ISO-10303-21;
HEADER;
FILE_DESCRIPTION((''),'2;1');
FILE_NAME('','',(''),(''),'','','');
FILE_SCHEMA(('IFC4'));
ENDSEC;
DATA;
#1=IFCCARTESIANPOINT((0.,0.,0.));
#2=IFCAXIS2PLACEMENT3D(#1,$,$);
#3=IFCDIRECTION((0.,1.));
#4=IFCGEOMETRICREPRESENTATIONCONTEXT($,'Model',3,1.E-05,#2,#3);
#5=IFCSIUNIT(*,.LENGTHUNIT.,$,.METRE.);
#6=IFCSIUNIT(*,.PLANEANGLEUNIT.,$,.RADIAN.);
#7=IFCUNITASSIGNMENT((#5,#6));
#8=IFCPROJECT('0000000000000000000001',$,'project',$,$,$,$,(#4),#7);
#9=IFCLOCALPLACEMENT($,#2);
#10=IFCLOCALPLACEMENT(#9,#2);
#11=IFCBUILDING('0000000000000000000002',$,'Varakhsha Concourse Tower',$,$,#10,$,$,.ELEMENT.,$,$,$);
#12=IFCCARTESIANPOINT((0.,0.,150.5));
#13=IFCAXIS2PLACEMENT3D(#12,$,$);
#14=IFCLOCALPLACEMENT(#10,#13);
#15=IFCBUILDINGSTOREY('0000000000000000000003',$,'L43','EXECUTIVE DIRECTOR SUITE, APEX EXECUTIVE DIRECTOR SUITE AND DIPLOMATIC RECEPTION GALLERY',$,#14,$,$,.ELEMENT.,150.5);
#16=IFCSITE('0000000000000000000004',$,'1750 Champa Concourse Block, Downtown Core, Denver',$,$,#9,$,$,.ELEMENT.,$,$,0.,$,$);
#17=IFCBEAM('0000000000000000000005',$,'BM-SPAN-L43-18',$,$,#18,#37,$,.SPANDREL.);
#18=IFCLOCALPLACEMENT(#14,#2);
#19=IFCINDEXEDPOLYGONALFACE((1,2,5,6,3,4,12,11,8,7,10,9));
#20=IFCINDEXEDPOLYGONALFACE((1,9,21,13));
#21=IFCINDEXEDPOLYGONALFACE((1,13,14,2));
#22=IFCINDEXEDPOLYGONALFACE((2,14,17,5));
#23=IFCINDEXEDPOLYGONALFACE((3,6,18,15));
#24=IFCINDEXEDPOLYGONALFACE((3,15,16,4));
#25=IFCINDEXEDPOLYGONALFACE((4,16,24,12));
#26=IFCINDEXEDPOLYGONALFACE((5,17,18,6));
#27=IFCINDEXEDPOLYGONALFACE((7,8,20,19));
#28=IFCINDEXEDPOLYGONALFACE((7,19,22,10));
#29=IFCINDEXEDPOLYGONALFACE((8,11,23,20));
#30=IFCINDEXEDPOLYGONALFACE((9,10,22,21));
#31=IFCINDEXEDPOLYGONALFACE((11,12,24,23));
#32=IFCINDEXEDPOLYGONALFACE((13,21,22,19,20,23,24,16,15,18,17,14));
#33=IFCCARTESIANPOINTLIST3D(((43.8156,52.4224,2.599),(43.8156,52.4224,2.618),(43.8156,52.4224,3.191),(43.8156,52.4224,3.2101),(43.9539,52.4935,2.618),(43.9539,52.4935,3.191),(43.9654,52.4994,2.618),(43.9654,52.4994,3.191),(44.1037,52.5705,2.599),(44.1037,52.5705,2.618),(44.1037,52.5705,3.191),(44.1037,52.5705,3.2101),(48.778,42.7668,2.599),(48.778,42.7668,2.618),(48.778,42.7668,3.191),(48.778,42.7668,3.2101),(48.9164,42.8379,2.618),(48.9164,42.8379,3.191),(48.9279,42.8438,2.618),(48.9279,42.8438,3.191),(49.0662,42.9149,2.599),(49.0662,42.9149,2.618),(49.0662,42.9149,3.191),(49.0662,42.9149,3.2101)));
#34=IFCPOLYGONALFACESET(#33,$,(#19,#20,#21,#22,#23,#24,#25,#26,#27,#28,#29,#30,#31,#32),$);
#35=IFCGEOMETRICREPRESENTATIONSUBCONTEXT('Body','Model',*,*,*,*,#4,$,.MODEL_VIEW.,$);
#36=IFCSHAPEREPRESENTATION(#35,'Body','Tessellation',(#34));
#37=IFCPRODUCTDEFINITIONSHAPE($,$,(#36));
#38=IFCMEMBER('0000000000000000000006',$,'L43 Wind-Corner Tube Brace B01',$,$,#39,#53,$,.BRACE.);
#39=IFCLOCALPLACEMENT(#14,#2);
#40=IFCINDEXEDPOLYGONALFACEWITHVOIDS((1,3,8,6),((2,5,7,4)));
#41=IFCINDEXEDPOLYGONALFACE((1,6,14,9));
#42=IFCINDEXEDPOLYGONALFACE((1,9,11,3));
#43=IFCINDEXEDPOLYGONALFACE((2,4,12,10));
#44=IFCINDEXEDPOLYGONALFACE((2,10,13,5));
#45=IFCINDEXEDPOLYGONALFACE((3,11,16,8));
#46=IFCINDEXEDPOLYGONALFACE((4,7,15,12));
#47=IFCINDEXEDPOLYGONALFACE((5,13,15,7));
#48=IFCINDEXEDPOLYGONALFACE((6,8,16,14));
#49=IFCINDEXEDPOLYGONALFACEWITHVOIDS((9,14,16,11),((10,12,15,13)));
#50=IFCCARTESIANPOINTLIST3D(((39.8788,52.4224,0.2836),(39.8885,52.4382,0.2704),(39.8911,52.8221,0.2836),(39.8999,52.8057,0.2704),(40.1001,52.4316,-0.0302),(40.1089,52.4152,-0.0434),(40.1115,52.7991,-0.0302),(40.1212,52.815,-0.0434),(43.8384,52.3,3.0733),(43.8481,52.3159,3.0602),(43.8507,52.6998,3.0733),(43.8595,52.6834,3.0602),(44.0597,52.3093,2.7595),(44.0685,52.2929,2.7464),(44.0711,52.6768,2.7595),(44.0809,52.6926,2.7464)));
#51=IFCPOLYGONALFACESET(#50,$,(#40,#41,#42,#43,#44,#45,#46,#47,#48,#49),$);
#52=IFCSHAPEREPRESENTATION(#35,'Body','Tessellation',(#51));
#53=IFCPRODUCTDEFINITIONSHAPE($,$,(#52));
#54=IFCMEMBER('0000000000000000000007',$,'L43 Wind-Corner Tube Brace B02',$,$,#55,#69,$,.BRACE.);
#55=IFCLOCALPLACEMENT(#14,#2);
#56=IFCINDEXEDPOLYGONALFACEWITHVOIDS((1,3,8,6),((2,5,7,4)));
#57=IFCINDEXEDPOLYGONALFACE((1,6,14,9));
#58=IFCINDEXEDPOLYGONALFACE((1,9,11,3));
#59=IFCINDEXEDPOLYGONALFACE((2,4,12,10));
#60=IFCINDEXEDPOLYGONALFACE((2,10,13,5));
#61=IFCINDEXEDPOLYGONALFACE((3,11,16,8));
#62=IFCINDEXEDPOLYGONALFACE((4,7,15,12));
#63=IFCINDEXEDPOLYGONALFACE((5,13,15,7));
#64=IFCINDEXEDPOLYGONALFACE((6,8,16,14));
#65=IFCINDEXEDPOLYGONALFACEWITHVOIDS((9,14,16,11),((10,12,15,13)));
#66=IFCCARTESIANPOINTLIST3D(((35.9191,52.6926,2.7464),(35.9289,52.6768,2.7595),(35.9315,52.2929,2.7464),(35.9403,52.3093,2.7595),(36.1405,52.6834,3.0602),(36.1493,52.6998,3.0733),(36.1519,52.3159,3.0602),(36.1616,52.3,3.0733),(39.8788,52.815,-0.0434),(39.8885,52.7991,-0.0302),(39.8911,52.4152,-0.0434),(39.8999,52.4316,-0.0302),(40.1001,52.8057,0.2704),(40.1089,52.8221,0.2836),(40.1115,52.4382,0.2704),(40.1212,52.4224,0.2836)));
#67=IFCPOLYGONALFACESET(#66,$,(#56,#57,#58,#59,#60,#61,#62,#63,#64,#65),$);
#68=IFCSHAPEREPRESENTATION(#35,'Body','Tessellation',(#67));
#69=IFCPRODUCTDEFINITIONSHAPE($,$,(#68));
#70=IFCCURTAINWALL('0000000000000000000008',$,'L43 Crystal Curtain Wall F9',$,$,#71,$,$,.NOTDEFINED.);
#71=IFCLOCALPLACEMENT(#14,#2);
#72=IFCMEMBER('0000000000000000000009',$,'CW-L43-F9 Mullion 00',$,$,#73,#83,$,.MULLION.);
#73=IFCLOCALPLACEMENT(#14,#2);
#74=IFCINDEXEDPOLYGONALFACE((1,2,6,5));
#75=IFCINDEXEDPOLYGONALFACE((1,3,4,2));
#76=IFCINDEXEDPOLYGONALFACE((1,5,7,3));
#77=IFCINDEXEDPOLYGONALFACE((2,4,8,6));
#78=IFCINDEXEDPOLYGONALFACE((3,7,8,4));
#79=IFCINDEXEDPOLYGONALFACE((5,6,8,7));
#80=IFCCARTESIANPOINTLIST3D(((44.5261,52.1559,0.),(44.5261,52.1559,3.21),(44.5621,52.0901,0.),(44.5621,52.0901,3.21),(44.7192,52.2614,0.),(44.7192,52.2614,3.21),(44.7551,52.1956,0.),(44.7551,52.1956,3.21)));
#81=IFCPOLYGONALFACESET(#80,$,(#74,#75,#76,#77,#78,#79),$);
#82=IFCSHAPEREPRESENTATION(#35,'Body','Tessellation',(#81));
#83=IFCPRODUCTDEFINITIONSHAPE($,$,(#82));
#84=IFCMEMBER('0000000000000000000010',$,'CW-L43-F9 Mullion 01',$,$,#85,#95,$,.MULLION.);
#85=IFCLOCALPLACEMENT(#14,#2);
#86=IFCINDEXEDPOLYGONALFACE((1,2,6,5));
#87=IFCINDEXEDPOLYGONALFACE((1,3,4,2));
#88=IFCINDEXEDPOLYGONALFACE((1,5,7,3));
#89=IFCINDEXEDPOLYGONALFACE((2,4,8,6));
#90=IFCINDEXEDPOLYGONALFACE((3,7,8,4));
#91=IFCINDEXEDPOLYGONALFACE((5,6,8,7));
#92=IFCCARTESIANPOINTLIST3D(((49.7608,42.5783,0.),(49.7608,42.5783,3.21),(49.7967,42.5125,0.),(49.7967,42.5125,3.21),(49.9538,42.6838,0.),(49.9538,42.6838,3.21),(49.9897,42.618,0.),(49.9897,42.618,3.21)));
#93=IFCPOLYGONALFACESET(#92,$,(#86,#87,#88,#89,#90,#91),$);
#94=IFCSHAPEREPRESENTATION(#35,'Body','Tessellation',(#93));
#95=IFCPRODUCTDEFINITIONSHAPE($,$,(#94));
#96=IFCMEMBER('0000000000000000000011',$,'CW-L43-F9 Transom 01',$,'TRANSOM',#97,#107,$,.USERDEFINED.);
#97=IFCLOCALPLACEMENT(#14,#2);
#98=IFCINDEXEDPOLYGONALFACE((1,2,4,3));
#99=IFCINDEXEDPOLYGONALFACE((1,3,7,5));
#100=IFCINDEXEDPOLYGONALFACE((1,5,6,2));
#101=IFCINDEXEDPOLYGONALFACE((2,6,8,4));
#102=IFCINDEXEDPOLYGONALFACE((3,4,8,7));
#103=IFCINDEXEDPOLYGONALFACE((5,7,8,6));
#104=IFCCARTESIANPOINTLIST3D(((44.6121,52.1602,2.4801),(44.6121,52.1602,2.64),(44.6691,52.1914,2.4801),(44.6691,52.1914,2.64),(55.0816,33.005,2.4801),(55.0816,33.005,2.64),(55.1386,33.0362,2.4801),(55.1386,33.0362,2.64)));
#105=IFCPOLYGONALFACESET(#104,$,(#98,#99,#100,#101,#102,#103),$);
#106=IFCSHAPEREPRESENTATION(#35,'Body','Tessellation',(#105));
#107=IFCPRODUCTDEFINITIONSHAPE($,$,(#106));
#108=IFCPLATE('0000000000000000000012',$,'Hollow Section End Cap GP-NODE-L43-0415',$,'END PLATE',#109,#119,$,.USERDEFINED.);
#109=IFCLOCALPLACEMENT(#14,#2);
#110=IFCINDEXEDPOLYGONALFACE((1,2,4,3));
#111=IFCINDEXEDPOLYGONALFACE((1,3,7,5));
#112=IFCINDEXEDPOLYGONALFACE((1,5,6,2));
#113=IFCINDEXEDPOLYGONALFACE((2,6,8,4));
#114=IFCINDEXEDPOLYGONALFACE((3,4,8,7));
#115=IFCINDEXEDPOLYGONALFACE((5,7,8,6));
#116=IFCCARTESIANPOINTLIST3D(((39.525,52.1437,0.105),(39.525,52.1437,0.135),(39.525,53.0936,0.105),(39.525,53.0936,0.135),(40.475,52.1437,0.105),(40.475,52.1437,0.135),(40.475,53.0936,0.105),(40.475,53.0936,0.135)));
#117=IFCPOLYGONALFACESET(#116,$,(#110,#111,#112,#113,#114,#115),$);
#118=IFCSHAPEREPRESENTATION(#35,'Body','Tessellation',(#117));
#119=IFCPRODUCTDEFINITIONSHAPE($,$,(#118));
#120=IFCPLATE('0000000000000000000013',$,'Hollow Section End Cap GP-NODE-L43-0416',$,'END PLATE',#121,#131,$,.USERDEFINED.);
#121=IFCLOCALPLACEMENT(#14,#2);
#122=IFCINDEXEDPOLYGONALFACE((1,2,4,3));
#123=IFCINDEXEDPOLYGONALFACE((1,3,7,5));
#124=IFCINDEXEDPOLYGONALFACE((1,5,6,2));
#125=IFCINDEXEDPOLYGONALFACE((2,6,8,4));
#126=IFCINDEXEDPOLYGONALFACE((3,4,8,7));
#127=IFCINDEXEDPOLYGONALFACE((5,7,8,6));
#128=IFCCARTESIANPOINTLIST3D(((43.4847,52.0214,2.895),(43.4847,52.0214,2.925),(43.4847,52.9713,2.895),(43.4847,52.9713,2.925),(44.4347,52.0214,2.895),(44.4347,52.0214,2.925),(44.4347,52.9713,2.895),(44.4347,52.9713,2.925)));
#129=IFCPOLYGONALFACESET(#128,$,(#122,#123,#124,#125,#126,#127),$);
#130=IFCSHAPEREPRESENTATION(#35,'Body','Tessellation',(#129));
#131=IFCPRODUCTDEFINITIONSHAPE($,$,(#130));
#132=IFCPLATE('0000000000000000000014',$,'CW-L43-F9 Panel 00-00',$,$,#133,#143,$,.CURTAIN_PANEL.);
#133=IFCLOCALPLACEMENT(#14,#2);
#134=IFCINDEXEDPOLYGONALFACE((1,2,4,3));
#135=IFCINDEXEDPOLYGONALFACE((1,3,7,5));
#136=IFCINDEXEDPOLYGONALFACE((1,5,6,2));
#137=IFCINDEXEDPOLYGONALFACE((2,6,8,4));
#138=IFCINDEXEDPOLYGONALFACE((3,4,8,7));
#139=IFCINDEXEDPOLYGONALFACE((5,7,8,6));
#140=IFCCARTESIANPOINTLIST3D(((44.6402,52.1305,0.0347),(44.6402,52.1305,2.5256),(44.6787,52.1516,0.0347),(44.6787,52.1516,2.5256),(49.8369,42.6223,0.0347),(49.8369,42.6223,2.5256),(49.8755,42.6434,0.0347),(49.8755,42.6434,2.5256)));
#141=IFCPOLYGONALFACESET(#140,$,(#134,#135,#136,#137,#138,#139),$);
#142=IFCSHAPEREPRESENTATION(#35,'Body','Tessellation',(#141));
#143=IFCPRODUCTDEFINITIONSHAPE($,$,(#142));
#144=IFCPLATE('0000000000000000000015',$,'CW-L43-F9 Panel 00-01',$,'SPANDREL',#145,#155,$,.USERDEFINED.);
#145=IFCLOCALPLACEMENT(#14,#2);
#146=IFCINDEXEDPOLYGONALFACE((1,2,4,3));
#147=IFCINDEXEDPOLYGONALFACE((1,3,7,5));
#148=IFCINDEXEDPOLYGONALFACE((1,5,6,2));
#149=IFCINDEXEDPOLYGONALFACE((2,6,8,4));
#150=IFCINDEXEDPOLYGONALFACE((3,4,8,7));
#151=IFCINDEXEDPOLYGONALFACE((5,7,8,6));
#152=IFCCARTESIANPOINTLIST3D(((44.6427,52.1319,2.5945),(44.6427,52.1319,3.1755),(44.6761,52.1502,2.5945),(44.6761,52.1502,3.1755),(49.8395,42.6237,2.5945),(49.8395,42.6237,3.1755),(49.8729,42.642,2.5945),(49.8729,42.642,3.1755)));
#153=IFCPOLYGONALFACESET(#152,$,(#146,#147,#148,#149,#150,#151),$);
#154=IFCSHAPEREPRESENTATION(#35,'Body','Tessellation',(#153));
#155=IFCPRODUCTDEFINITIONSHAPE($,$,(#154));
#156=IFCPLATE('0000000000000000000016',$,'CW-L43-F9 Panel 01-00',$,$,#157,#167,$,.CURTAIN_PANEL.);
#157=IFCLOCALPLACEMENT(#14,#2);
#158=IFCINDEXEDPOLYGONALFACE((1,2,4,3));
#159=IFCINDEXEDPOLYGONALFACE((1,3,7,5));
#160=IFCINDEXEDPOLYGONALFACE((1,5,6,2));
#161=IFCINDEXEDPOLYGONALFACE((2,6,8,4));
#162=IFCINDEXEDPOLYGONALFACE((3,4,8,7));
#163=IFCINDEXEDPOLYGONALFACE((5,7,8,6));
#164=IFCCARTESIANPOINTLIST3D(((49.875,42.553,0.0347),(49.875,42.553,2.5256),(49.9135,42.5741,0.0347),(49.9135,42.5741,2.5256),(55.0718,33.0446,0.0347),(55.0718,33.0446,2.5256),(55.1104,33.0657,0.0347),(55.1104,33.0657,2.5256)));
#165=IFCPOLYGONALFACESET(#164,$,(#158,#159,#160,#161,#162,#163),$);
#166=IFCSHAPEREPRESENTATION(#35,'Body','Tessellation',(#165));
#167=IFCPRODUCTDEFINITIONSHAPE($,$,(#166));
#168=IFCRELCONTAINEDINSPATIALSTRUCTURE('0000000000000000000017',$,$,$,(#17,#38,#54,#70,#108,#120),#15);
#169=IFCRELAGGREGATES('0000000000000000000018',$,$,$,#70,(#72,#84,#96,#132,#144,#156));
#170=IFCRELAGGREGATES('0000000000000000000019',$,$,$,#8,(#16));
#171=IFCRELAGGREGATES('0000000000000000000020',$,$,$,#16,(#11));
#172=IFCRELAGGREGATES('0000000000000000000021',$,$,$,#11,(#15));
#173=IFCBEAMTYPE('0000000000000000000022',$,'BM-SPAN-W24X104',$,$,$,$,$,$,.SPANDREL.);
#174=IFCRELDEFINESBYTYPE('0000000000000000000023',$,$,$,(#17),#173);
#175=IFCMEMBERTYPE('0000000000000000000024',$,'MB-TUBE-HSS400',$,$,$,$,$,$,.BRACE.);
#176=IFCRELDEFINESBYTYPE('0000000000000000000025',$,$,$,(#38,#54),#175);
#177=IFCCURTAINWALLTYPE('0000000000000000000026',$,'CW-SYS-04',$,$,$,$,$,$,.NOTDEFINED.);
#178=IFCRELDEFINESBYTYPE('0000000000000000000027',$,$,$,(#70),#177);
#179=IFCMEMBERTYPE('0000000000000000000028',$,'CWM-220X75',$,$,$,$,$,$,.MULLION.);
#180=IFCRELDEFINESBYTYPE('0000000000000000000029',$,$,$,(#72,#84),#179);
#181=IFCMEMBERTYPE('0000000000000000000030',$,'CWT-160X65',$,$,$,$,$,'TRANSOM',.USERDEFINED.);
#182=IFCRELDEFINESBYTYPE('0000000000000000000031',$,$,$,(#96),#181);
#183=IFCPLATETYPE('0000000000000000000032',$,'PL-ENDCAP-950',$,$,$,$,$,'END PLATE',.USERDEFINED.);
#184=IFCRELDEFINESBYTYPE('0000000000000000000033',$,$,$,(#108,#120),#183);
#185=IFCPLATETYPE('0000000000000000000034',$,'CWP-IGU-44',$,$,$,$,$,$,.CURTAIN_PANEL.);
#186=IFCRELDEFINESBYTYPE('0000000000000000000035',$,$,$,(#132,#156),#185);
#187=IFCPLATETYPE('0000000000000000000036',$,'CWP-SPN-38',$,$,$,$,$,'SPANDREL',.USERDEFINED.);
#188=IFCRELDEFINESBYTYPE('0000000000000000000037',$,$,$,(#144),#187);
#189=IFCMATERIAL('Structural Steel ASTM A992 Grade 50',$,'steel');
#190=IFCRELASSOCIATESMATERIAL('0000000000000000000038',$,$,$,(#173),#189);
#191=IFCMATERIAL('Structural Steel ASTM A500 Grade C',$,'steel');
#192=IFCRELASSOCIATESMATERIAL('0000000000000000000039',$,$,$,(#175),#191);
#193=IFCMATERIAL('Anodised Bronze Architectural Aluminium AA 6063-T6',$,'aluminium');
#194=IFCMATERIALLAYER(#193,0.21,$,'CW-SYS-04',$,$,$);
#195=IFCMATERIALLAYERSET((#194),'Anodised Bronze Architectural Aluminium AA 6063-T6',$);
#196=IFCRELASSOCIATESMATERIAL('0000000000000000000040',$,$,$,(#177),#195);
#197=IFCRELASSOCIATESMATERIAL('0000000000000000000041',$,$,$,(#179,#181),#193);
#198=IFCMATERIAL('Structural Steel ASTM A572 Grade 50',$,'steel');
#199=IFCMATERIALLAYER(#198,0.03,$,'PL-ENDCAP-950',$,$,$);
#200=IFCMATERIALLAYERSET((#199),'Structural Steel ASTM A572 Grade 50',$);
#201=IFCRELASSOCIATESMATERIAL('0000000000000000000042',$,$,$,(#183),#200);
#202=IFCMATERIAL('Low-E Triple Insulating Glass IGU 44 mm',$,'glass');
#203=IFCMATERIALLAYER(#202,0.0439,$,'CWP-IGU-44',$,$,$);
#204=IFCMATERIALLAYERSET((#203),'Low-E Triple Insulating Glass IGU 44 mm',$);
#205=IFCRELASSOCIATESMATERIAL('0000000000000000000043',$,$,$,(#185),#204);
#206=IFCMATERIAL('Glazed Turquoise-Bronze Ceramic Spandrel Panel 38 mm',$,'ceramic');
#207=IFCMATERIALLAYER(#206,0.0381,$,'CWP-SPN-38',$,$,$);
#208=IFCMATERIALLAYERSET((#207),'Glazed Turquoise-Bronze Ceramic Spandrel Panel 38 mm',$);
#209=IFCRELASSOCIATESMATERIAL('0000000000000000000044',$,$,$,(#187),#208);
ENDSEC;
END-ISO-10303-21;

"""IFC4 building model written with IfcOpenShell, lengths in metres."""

from ifc_helpers import new_model, si_unit, direction, frame, origin, origin_2d, place, context, subcontext, project, spatial, rectangle, hollow_rectangle, i_section, extrude, source, transform, mapped, material, layer, layer_set, material_profile, profile_set, type_object, type_shapes, element, aggregate, save


model = new_model("IFC4")

# Units and contexts
model_context = context("Model", 3, precision=1e-05, world=origin(), true_north=direction((0.0, 1.0)))
body_context = subcontext(model_context, "Body", "Model", "MODEL_VIEW")
ifc_project = project(units=[si_unit("LENGTHUNIT", "METRE"), si_unit("PLANEANGLEUNIT", "RADIAN")], contexts=[model_context])

# Site, building, storey
site_placement = place(None, origin())
site = spatial("IfcSite", under=ifc_project, at=site_placement, Name="1750 Champa Concourse Block, Downtown Core, Denver", CompositionType="ELEMENT", RefElevation=0.0)
building_placement = place(site_placement, origin())
building = spatial("IfcBuilding", under=site, at=building_placement, Name="Varakhsha Concourse Tower", CompositionType="ELEMENT")
storey_placement = place(building_placement, frame((0.0, 0.0, 150.5)))
storey = spatial("IfcBuildingStorey", under=building, at=storey_placement, Name="L43", Description="EXECUTIVE DIRECTOR SUITE, APEX EXECUTIVE DIRECTOR SUITE AND DIPLOMATIC RECEPTION GALLERY", CompositionType="ELEMENT", Elevation=150.5)

# Shared definitions
ifc_material_1 = material(Name="Structural Steel ASTM A992 Grade 50", Category="steel")
ifc_material_2 = material(Name="Structural Steel ASTM A572 Grade 50", Category="steel")

# Beam
ifc_material_profile_1 = material_profile(ifc_material_1, i_section(OverallWidth=0.324, OverallDepth=0.6111, WebThickness=0.0129, FlangeThickness=0.019, at=origin_2d()), Name="W24X104")
ifc_profile_set_1 = profile_set([ifc_material_profile_1], Name="Structural Steel ASTM A992 Grade 50")
beam_type_1 = type_object("IfcBeamType", Name="BM-SPAN-W24X104", PredefinedType="SPANDREL", material=ifc_profile_set_1)
beam_1_placement = place(storey_placement, frame((48.9221, 42.8408, 2.9045), z_axis=(-0.457108, 0.889411, 0.0), x_axis=(-0.889411, -0.457108, 0.0)))
element("IfcBeam", 1, at=beam_1_placement, inside=storey, type_object=beam_type_1, Name="BM-SPAN-L43-18", PredefinedType="SPANDREL", context=body_context, shape_type="SweptSolid", body=[
    extrude(i_section(OverallWidth=0.324, OverallDepth=0.6111, WebThickness=0.0129, FlangeThickness=0.019, at=origin_2d()), origin(), (0.0, 0.0, 1.0), 10.8562),
])

# Members
ifc_material_3 = material(Name="Structural Steel ASTM A500 Grade C", Category="steel")
ifc_material_profile_2 = material_profile(ifc_material_3, hollow_rectangle(XDim=0.3999, YDim=0.3999, WallThickness=0.0161, at=origin_2d()), Name="HSS 400x400x16")
ifc_profile_set_2 = profile_set([ifc_material_profile_2], Name="Structural Steel ASTM A500 Grade C")
member_type_1 = type_object("IfcMemberType", Name="MB-TUBE-HSS400", PredefinedType="BRACE", material=ifc_profile_set_2)
shared_shape_1 = source(origin(), body_context, "Body", "SweptSolid", [
    extrude(hollow_rectangle(XDim=0.3999, YDim=0.3999, WallThickness=0.0161, at=origin_2d()), origin(), (0.0, 0.0, 1.0), 4.8452),
])
type_shapes(member_type_1, [shared_shape_1])
for number, where, z_axis, x_axis, name in (
    (2, (40.0, 52.6187, 0.1201), (0.817222, -0.025244, 0.575769), (0.030875, 0.999523, 0.0), "L43 Wind-Corner Tube Brace B01"),
    (3, (40.0, 52.6187, 0.1201), (-0.817222, -0.025244, 0.575769), (0.030875, -0.999523, 0.0), "L43 Wind-Corner Tube Brace B02"),
):
    element("IfcMember", number, at=place(storey_placement, frame(where, z_axis=z_axis, x_axis=x_axis)), inside=storey, type_object=member_type_1, Name=name, PredefinedType="BRACE", context=body_context, shape_type="MappedRepresentation", body=[
        mapped(shared_shape_1, transform((0.0, 0.0, 0.0), scale=1.0)),
    ])

# Curtain wall, members
ifc_material_4 = material(Name="Anodised Bronze Architectural Aluminium AA 6063-T6", Category="aluminium")
ifc_layer_1 = layer(ifc_material_4, 0.21, Name="CW-SYS-04")
ifc_layer_set_1 = layer_set([ifc_layer_1], Name="Anodised Bronze Architectural Aluminium AA 6063-T6")
curtain_wall_type = type_object("IfcCurtainWallType", Name="CW-SYS-04", PredefinedType="NOTDEFINED", material=ifc_layer_set_1)
curtain_wall_placement = place(storey_placement, origin())
curtain_wall = element("IfcCurtainWall", 4, at=curtain_wall_placement, inside=storey, type_object=curtain_wall_type, Name="L43 Crystal Curtain Wall F9", PredefinedType="NOTDEFINED")
ifc_material_profile_3 = material_profile(ifc_material_4, rectangle(XDim=0.075, YDim=0.22, at=origin_2d()), Name="CWM-220X75")
ifc_profile_set_3 = profile_set([ifc_material_profile_3], Name="Anodised Bronze Architectural Aluminium AA 6063-T6")
member_type_2 = type_object("IfcMemberType", Name="CWM-220X75", PredefinedType="MULLION", material=ifc_profile_set_3)
shared_shape_2 = source(origin(), body_context, "Body", "SweptSolid", [
    extrude(rectangle(XDim=0.075, YDim=0.22, at=origin_2d()), origin(), (0.0, 0.0, 1.0), 3.21),
])
type_shapes(member_type_2, [shared_shape_2])
member_1_placement = place(storey_placement, frame((44.6406, 52.1758, 0.0), z_axis=(0.0, 0.0, 1.0), x_axis=(0.479596, -0.87749, 0.0)))
member_1 = element("IfcMember", 5, at=member_1_placement, type_object=member_type_2, Name="CW-L43-F9 Mullion 00", PredefinedType="MULLION", context=body_context, shape_type="MappedRepresentation", body=[
    mapped(shared_shape_2, transform((0.0, 0.0, 0.0), scale=1.0)),
])
member_2_placement = place(storey_placement, frame((49.8752, 42.5981, 0.0), z_axis=(0.0, 0.0, 1.0), x_axis=(0.479596, -0.87749, 0.0)))
member_2 = element("IfcMember", 6, at=member_2_placement, type_object=member_type_2, Name="CW-L43-F9 Mullion 01", PredefinedType="MULLION", context=body_context, shape_type="MappedRepresentation", body=[
    mapped(shared_shape_2, transform((0.0, 0.0, 0.0), scale=1.0)),
])
ifc_material_profile_4 = material_profile(ifc_material_4, rectangle(XDim=0.0649, YDim=0.1599, at=origin_2d()), Name="CWT-160X65")
ifc_profile_set_4 = profile_set([ifc_material_profile_4], Name="Anodised Bronze Architectural Aluminium AA 6063-T6")
member_type_3 = type_object("IfcMemberType", Name="CWT-160X65", ElementType="TRANSOM", PredefinedType="USERDEFINED", material=ifc_profile_set_4)
shared_shape_3 = source(origin(), body_context, "Body", "SweptSolid", [
    extrude(rectangle(XDim=0.0649, YDim=0.1599, at=origin_2d()), origin(), (0.0, 0.0, 1.0), 21.8296),
])
type_shapes(member_type_3, [shared_shape_3])
member_3_placement = place(storey_placement, frame((44.6406, 52.1758, 2.5601), z_axis=(0.479599, -0.877488, 0.0), x_axis=(0.877488, 0.479599, 0.0)))
member_3 = element("IfcMember", 7, at=member_3_placement, type_object=member_type_3, Name="CW-L43-F9 Transom 01", ObjectType="TRANSOM", PredefinedType="USERDEFINED", context=body_context, shape_type="MappedRepresentation", body=[
    mapped(shared_shape_3, transform((0.0, 0.0, 0.0), scale=1.0)),
])

# Plates
ifc_layer_2 = layer(ifc_material_2, 0.03, Name="PL-ENDCAP-950")
ifc_layer_set_2 = layer_set([ifc_layer_2], Name="Structural Steel ASTM A572 Grade 50")
plate_type_1 = type_object("IfcPlateType", Name="PL-ENDCAP-950", ElementType="END PLATE", PredefinedType="USERDEFINED", material=ifc_layer_set_2)
shared_shape_4 = source(origin(), body_context, "Body", "SweptSolid", [
    extrude(rectangle(XDim=0.95, YDim=0.95, at=origin_2d()), origin(), (0.0, 0.0, 1.0), 0.03),
])
type_shapes(plate_type_1, [shared_shape_4])
for number, where, z_axis, x_axis, name in (
    (8, (40.0, 52.6187, 0.105), (0.0, 0.0, 1.0), (1.0, 0.0, 0.0), "Hollow Section End Cap GP-NODE-L43-0415"),
    (9, (43.9597, 52.4963, 2.895), (0.0, 0.0, 1.0), (1.0, 0.0, 0.0), "Hollow Section End Cap GP-NODE-L43-0416"),
):
    element("IfcPlate", number, at=place(storey_placement, frame(where, z_axis=z_axis, x_axis=x_axis)), inside=storey, type_object=plate_type_1, Name=name, ObjectType="END PLATE", PredefinedType="USERDEFINED", context=body_context, shape_type="MappedRepresentation", body=[
        mapped(shared_shape_4, transform((0.0, 0.0, 0.0), scale=1.0)),
    ])

# Plates
ifc_material_5 = material(Name="Low-E Triple Insulating Glass IGU 44 mm", Category="glass")
ifc_layer_3 = layer(ifc_material_5, 0.0439, Name="CWP-IGU-44")
ifc_layer_set_3 = layer_set([ifc_layer_3], Name="Low-E Triple Insulating Glass IGU 44 mm")
plate_type_2 = type_object("IfcPlateType", Name="CWP-IGU-44", PredefinedType="CURTAIN_PANEL", material=ifc_layer_set_3)
shared_shape_5 = source(origin(), body_context, "Body", "SweptSolid", [
    extrude(rectangle(XDim=10.8357, YDim=0.0439, at=origin_2d()), origin(), (0.0, 0.0, 1.0), 2.491),
])
plate_1_placement = place(storey_placement, frame((47.2578, 47.387, 0.0347), z_axis=(0.0, 0.0, 1.0), x_axis=(0.479596, -0.87749, 0.0)))
plate_1 = element("IfcPlate", 10, at=plate_1_placement, type_object=plate_type_2, Name="CW-L43-F9 Panel 00-00", PredefinedType="CURTAIN_PANEL", context=body_context, shape_type="MappedRepresentation", body=[
    mapped(shared_shape_5, transform((0.0, 0.0, 0.0), scale=1.0)),
])
ifc_material_6 = material(Name="Glazed Turquoise-Bronze Ceramic Spandrel Panel 38 mm", Category="ceramic")
ifc_layer_4 = layer(ifc_material_6, 0.0381, Name="CWP-SPN-38")
ifc_layer_set_4 = layer_set([ifc_layer_4], Name="Glazed Turquoise-Bronze Ceramic Spandrel Panel 38 mm")
plate_type_3 = type_object("IfcPlateType", Name="CWP-SPN-38", ElementType="SPANDREL", PredefinedType="USERDEFINED", material=ifc_layer_set_4)
shared_shape_6 = source(origin(), body_context, "Body", "SweptSolid", [
    extrude(rectangle(XDim=10.8357, YDim=0.0381, at=origin_2d()), origin(), (0.0, 0.0, 1.0), 0.5811),
])
plate_2_placement = place(storey_placement, frame((47.2578, 47.387, 2.5945), z_axis=(0.0, 0.0, 1.0), x_axis=(0.479596, -0.87749, 0.0)))
plate_2 = element("IfcPlate", 11, at=plate_2_placement, type_object=plate_type_3, Name="CW-L43-F9 Panel 00-01", ObjectType="SPANDREL", PredefinedType="USERDEFINED", context=body_context, shape_type="MappedRepresentation", body=[
    mapped(shared_shape_6, transform((0.0, 0.0, 0.0), scale=1.0)),
])
shared_shape_7 = source(origin(), body_context, "Body", "SweptSolid", [
    extrude(rectangle(XDim=10.8359, YDim=0.0439, at=origin_2d()), origin(), (0.0, 0.0, 1.0), 2.491),
])
type_shapes(plate_type_2, [shared_shape_5, shared_shape_7])
plate_3_placement = place(storey_placement, frame((52.4927, 37.8093, 0.0347), z_axis=(0.0, 0.0, 1.0), x_axis=(0.479596, -0.87749, 0.0)))
plate_3 = element("IfcPlate", 12, at=plate_3_placement, type_object=plate_type_2, Name="CW-L43-F9 Panel 01-00", PredefinedType="CURTAIN_PANEL", context=body_context, shape_type="MappedRepresentation", body=[
    mapped(shared_shape_7, transform((0.0, 0.0, 0.0), scale=1.0)),
])
aggregate(curtain_wall, [member_1, member_2, member_3, plate_1, plate_2, plate_3])

save(model, "model.ifc")
